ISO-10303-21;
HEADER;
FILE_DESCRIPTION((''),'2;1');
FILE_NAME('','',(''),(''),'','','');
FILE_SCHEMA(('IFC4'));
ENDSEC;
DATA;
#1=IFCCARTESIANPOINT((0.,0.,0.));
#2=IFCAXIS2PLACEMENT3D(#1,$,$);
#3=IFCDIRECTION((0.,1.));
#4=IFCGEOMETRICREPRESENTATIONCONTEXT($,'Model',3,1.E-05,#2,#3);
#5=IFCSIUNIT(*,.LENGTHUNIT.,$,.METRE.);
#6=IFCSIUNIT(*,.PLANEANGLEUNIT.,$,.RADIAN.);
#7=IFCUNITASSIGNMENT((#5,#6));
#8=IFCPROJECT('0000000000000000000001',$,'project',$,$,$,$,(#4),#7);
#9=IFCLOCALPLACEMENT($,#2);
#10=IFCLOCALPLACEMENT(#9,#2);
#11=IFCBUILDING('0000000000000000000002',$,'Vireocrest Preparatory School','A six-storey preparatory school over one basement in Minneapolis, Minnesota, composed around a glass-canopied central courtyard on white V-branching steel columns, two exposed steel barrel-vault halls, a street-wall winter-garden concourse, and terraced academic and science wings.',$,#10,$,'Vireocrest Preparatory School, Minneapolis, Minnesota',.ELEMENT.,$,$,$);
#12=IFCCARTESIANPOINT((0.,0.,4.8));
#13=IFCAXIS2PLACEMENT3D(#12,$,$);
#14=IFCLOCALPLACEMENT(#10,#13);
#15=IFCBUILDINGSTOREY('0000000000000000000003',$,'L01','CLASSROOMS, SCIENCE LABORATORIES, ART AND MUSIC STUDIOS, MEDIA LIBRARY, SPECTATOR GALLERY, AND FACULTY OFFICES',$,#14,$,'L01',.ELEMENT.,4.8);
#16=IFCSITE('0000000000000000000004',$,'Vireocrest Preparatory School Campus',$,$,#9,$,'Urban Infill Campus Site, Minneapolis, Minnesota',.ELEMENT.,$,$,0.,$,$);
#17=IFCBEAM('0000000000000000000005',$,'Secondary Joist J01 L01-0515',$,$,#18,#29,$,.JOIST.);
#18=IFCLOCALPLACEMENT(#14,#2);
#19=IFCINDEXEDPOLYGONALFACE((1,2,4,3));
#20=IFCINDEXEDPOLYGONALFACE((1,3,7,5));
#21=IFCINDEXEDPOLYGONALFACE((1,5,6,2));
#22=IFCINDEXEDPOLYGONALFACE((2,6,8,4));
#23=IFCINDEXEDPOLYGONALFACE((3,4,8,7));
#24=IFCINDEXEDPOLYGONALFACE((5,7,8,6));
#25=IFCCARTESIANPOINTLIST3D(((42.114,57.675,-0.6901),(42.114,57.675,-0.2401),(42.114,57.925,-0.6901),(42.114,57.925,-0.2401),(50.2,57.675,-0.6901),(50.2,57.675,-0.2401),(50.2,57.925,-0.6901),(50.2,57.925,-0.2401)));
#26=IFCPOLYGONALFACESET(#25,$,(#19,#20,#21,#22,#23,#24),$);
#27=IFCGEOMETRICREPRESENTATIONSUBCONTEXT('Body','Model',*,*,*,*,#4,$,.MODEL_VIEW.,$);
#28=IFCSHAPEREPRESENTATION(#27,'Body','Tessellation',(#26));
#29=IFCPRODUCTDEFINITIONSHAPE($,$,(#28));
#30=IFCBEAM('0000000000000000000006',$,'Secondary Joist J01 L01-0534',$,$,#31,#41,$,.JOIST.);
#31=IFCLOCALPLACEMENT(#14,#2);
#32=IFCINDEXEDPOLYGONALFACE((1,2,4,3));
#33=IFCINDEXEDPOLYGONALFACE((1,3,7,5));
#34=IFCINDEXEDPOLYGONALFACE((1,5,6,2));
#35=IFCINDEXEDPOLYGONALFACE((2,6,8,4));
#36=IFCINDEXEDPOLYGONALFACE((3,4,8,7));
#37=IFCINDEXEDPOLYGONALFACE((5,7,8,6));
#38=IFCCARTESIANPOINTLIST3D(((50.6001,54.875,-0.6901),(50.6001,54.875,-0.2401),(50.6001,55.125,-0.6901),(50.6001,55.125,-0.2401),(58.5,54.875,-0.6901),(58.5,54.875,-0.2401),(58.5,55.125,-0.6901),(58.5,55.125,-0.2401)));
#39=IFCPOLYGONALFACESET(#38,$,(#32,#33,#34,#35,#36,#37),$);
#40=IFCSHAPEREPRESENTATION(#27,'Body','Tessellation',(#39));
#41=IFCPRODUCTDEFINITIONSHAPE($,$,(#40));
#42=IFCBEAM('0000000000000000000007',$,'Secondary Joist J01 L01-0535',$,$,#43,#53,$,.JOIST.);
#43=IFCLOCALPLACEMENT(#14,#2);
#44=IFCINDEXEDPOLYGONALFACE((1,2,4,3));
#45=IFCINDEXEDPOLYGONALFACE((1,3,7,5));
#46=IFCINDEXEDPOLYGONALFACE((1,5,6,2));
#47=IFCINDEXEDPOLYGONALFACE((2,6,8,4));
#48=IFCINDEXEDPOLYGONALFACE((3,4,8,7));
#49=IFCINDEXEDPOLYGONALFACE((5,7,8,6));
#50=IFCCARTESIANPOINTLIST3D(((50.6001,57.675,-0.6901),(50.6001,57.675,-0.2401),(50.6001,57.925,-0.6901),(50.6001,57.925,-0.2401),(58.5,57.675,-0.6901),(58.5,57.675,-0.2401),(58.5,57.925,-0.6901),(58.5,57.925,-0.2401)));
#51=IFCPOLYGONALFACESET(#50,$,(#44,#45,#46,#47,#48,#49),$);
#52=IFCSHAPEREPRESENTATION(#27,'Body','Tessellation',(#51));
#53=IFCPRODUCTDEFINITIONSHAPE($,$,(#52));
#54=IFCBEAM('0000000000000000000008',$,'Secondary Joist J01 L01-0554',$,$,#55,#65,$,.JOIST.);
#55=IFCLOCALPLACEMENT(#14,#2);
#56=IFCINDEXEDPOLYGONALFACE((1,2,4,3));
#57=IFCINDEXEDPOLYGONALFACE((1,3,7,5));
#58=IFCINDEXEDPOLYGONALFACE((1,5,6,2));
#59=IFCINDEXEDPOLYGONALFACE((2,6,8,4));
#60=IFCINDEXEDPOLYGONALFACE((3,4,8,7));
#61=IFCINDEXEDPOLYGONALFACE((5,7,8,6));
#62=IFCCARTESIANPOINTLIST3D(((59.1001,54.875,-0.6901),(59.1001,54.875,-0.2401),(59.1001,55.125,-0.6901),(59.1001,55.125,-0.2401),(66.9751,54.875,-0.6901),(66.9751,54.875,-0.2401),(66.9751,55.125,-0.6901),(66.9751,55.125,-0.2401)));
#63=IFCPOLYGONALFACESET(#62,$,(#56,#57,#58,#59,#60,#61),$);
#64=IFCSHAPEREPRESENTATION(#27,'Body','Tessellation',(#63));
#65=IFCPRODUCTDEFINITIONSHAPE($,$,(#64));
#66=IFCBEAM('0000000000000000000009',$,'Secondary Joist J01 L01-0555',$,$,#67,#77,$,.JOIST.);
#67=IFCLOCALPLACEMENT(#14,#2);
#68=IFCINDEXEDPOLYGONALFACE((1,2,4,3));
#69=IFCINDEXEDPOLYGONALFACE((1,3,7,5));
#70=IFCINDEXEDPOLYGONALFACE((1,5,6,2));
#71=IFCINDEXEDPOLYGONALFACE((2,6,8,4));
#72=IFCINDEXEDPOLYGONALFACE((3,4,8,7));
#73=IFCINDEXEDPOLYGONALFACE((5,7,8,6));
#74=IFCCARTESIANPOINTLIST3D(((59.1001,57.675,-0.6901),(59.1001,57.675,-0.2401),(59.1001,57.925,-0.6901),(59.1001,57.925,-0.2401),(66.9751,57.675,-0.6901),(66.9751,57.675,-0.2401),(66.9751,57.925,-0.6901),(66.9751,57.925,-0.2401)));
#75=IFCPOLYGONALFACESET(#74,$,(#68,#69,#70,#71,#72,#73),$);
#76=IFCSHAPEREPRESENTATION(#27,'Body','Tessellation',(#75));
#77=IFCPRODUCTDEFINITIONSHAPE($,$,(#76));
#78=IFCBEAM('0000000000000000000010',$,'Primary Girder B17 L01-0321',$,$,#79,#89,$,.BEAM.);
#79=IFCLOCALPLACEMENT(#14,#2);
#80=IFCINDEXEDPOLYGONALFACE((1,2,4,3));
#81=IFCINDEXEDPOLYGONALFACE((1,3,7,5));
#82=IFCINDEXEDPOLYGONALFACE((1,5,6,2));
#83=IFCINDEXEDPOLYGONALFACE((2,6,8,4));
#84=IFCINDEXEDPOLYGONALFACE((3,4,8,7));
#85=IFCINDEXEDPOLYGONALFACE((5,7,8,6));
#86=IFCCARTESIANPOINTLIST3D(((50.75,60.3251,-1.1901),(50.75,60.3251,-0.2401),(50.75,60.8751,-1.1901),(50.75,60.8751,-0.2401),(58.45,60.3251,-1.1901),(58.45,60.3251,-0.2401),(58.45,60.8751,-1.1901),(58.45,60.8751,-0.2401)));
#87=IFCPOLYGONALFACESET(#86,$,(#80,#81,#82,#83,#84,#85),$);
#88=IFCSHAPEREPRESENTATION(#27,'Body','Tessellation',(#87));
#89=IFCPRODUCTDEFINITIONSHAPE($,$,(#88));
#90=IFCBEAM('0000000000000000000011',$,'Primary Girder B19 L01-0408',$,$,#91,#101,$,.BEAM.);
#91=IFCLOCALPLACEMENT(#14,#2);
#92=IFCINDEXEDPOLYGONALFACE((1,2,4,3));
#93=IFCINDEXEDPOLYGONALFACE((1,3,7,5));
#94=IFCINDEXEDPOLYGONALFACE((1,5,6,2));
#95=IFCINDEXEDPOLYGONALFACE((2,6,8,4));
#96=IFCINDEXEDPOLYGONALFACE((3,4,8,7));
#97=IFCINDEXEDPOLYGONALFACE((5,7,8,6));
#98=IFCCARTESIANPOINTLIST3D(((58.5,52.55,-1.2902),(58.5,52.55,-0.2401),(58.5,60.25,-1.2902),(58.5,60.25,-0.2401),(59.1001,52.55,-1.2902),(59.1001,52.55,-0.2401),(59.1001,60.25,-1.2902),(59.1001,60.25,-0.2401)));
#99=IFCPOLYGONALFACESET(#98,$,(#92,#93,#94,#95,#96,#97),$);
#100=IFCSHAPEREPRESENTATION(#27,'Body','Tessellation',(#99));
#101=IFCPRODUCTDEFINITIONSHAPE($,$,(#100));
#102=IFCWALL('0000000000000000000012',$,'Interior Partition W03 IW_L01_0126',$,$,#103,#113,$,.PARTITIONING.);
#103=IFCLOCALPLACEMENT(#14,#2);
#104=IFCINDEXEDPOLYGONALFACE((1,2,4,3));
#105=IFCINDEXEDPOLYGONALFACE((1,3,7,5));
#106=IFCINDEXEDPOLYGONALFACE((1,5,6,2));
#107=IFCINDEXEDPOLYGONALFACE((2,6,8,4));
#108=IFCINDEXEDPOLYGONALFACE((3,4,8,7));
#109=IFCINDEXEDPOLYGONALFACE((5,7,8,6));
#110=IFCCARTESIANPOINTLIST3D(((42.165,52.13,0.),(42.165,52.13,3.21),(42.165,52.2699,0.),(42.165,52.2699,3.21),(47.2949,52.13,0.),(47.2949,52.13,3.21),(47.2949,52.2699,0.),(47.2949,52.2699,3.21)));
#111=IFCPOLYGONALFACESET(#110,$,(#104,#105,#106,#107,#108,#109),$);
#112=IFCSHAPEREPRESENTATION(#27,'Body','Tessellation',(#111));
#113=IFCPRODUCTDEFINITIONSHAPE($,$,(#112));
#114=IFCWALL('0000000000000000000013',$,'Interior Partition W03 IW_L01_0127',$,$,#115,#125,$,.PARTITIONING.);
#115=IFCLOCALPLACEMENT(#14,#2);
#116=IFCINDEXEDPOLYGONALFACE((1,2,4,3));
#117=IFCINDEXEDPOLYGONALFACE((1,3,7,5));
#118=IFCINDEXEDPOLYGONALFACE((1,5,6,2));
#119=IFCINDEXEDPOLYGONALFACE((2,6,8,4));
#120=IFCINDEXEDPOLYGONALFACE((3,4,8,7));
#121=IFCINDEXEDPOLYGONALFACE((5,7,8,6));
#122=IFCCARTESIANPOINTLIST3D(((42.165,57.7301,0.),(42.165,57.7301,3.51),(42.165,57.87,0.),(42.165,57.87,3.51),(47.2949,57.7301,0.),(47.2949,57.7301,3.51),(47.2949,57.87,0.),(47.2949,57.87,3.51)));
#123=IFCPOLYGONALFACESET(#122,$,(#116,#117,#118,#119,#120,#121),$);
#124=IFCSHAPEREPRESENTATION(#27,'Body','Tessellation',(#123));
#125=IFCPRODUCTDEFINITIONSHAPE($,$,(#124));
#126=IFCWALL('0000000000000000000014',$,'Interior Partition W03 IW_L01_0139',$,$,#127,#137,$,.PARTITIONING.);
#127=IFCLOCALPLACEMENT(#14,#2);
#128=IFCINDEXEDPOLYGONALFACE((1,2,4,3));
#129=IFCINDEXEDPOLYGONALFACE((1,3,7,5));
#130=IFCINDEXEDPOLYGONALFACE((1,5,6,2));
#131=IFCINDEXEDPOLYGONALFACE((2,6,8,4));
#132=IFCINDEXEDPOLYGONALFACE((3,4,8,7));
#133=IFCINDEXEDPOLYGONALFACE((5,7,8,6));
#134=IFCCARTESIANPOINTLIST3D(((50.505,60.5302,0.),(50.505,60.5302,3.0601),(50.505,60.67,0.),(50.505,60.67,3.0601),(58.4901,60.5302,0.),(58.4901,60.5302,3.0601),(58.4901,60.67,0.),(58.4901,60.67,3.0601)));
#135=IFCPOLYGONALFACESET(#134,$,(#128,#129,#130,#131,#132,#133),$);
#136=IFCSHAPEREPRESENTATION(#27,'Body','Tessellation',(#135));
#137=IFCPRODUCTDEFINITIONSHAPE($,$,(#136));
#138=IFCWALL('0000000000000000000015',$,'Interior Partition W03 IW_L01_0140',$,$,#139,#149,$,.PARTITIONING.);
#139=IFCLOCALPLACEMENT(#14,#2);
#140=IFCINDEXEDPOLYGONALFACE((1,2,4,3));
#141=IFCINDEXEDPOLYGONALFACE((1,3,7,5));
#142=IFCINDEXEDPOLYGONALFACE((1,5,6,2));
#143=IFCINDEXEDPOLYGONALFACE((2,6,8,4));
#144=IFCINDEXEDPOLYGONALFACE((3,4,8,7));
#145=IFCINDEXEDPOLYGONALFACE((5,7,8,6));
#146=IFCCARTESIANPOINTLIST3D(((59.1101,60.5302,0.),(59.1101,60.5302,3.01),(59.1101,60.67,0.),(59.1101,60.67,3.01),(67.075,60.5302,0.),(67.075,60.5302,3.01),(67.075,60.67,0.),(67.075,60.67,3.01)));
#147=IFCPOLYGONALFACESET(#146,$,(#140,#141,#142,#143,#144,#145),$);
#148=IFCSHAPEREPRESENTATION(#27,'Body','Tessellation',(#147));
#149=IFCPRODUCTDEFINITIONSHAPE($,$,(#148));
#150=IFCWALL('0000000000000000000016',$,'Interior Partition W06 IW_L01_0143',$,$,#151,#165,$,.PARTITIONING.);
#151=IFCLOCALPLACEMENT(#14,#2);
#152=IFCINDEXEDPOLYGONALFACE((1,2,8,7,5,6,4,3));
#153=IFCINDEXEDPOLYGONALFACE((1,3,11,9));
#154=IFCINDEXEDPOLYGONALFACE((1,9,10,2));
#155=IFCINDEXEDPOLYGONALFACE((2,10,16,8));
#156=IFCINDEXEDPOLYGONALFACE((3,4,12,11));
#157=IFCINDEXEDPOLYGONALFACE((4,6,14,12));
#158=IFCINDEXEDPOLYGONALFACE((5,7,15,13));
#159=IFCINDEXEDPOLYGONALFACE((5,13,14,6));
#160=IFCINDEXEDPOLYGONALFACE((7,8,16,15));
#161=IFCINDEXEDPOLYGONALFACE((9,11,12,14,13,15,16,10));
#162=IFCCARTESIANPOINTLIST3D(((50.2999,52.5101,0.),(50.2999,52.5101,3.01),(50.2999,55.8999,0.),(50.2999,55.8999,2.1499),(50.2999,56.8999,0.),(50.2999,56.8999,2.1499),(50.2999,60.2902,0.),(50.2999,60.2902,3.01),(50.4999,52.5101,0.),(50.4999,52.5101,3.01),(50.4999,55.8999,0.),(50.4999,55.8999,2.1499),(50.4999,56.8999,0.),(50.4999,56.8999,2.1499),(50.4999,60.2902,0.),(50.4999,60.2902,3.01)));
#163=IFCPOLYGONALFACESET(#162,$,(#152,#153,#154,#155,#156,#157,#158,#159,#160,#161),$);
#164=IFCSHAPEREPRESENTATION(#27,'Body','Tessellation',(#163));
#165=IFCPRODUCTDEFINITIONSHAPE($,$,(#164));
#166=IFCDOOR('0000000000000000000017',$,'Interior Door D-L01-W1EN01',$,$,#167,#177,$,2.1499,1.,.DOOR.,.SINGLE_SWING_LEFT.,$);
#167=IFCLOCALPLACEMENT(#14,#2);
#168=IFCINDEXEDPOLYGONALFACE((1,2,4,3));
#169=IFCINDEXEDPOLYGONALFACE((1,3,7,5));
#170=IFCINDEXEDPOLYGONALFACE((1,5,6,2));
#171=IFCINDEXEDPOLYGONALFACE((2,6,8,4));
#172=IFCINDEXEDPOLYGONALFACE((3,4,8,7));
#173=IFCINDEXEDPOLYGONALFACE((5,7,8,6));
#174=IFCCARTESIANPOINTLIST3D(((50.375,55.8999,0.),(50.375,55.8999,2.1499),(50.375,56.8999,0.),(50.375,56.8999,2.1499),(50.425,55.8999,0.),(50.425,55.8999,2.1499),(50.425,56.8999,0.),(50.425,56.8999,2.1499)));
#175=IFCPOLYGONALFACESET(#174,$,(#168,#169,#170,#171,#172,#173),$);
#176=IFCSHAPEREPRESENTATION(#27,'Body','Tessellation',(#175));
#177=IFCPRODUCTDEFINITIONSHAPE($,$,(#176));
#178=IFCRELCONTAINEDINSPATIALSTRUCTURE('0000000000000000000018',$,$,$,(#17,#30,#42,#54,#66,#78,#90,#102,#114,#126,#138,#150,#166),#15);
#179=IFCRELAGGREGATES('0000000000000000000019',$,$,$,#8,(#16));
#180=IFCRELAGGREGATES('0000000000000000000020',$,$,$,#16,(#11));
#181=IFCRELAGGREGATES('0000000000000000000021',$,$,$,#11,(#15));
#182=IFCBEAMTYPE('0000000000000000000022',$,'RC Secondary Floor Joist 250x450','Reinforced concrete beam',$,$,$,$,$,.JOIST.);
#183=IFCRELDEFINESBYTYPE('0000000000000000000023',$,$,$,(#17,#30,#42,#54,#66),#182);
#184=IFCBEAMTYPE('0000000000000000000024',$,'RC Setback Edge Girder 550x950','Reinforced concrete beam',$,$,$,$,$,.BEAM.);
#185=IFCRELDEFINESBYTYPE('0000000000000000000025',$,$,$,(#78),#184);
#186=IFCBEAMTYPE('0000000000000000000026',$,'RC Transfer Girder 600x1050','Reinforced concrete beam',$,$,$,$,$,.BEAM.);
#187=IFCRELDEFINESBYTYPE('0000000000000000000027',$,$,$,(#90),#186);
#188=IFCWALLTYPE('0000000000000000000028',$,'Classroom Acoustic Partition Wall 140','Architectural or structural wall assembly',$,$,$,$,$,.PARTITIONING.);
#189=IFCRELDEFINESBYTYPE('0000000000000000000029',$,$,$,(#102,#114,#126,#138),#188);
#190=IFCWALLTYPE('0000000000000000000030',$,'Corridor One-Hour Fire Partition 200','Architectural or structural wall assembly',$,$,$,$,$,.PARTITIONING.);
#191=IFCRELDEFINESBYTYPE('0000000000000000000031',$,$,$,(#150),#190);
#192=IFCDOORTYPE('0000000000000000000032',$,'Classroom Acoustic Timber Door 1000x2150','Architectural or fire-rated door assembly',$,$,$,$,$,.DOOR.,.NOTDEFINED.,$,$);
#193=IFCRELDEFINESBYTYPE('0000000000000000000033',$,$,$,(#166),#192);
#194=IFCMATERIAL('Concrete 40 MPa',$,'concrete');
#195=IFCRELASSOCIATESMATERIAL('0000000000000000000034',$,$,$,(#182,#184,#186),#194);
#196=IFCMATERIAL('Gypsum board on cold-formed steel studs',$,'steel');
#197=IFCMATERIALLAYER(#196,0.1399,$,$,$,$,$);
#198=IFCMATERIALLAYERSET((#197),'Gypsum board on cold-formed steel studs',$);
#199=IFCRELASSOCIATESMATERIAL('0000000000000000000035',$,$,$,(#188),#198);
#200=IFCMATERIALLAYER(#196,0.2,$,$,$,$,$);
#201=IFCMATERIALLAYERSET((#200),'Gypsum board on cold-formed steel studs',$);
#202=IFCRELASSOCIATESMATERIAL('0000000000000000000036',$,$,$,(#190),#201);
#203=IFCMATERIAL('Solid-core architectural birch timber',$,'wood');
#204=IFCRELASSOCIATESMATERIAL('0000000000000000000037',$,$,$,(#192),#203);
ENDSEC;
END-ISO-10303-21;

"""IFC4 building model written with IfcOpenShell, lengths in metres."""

from ifc_helpers import new_model, si_unit, direction, frame, frame_2d, origin, origin_2d, place, context, subcontext, project, spatial, rectangle, extrude, material, layer, layer_set, material_profile, profile_set, type_object, element, fill, save


model = new_model("IFC4")

# Units and contexts
model_context = context("Model", 3, precision=1e-05, world=origin(), true_north=direction((0.0, 1.0)))
body_context = subcontext(model_context, "Body", "Model", "MODEL_VIEW")
ifc_project = project(units=[si_unit("LENGTHUNIT", "METRE"), si_unit("PLANEANGLEUNIT", "RADIAN")], contexts=[model_context])

# Site, building, storey
site_placement = place(None, origin())
site = spatial("IfcSite", under=ifc_project, at=site_placement, Name="Vireocrest Preparatory School Campus", LongName="Urban Infill Campus Site, Minneapolis, Minnesota", CompositionType="ELEMENT", RefElevation=0.0)
building_placement = place(site_placement, origin())
building = spatial("IfcBuilding", under=site, at=building_placement, Name="Vireocrest Preparatory School", Description="A six-storey preparatory school over one basement in Minneapolis, Minnesota, composed around a glass-canopied central courtyard on white V-branching steel columns, two exposed steel barrel-vault halls, a street-wall winter-garden concourse, and terraced academic and science wings.", LongName="Vireocrest Preparatory School, Minneapolis, Minnesota", CompositionType="ELEMENT")
storey_placement = place(building_placement, frame((0.0, 0.0, 4.8)))
storey = spatial("IfcBuildingStorey", under=building, at=storey_placement, Name="L01", Description="CLASSROOMS, SCIENCE LABORATORIES, ART AND MUSIC STUDIOS, MEDIA LIBRARY, SPECTATOR GALLERY, AND FACULTY OFFICES", LongName="L01", CompositionType="ELEMENT", Elevation=4.8)

# Beams
ifc_material_1 = material(Name="Concrete 40 MPa", Category="concrete")
ifc_material_profile_1 = material_profile(ifc_material_1, rectangle(XDim=0.25, YDim=0.45, at=origin_2d()), Name="RC 250x450")
ifc_profile_set_1 = profile_set([ifc_material_profile_1], Name="Concrete 40 MPa")
beam_type_1 = type_object("IfcBeamType", Name="RC Secondary Floor Joist 250x450", Description="Reinforced concrete beam", PredefinedType="JOIST", material=ifc_profile_set_1)
for number, where, z_axis, x_axis, name in (
    (1, (42.114, 57.8, -0.4651), (1.0, 0.0, 0.0), (0.0, 1.0, 0.0), "Secondary Joist J01 L01-0515"),
):
    element("IfcBeam", number, at=place(storey_placement, frame(where, z_axis=z_axis, x_axis=x_axis)), inside=storey, type_object=beam_type_1, Name=name, PredefinedType="JOIST", context=body_context, shape_type="SweptSolid", body=[
        extrude(rectangle(XDim=0.25, YDim=0.45, at=origin_2d()), origin(), (0.0, 0.0, 1.0), 8.0859),
    ])
for number, where, z_axis, x_axis, name in (
    (2, (50.6001, 55.0, -0.4651), (1.0, 0.0, 0.0), (0.0, 1.0, 0.0), "Secondary Joist J01 L01-0534"),
    (3, (50.6001, 57.8, -0.4651), (1.0, 0.0, 0.0), (0.0, 1.0, 0.0), "Secondary Joist J01 L01-0535"),
):
    element("IfcBeam", number, at=place(storey_placement, frame(where, z_axis=z_axis, x_axis=x_axis)), inside=storey, type_object=beam_type_1, Name=name, PredefinedType="JOIST", context=body_context, shape_type="SweptSolid", body=[
        extrude(rectangle(XDim=0.25, YDim=0.45, at=origin_2d()), origin(), (0.0, 0.0, 1.0), 7.8999),
    ])
for number, where, z_axis, x_axis, name in (
    (4, (59.1001, 55.0, -0.4651), (1.0, 0.0, 0.0), (0.0, 1.0, 0.0), "Secondary Joist J01 L01-0554"),
    (5, (59.1001, 57.8, -0.4651), (1.0, 0.0, 0.0), (0.0, 1.0, 0.0), "Secondary Joist J01 L01-0555"),
):
    element("IfcBeam", number, at=place(storey_placement, frame(where, z_axis=z_axis, x_axis=x_axis)), inside=storey, type_object=beam_type_1, Name=name, PredefinedType="JOIST", context=body_context, shape_type="SweptSolid", body=[
        extrude(rectangle(XDim=0.25, YDim=0.45, at=origin_2d()), origin(), (0.0, 0.0, 1.0), 7.875),
    ])
ifc_material_profile_2 = material_profile(ifc_material_1, rectangle(XDim=0.55, YDim=0.95, at=origin_2d()), Name="RC 550x950")
ifc_profile_set_2 = profile_set([ifc_material_profile_2], Name="Concrete 40 MPa")
beam_type_2 = type_object("IfcBeamType", Name="RC Setback Edge Girder 550x950", Description="Reinforced concrete beam", PredefinedType="BEAM", material=ifc_profile_set_2)
beam_1_placement = place(storey_placement, frame((50.75, 60.6001, -0.7151), z_axis=(1.0, 0.0, 0.0), x_axis=(0.0, 1.0, 0.0)))
element("IfcBeam", 6, at=beam_1_placement, inside=storey, type_object=beam_type_2, Name="Primary Girder B17 L01-0321", PredefinedType="BEAM", context=body_context, shape_type="SweptSolid", body=[
    extrude(rectangle(XDim=0.55, YDim=0.95, at=origin_2d()), origin(), (0.0, 0.0, 1.0), 7.7),
])
ifc_material_profile_3 = material_profile(ifc_material_1, rectangle(XDim=0.6001, YDim=1.05, at=origin_2d()), Name="RC 600x1050")
ifc_profile_set_3 = profile_set([ifc_material_profile_3], Name="Concrete 40 MPa")
beam_type_3 = type_object("IfcBeamType", Name="RC Transfer Girder 600x1050", Description="Reinforced concrete beam", PredefinedType="BEAM", material=ifc_profile_set_3)
beam_2_placement = place(storey_placement, frame((58.8, 52.55, -0.7651), z_axis=(0.0, 1.0, 0.0), x_axis=(-1.0, 0.0, 0.0)))
element("IfcBeam", 7, at=beam_2_placement, inside=storey, type_object=beam_type_3, Name="Primary Girder B19 L01-0408", PredefinedType="BEAM", context=body_context, shape_type="SweptSolid", body=[
    extrude(rectangle(XDim=0.6001, YDim=1.05, at=origin_2d()), origin(), (0.0, 0.0, 1.0), 7.7),
])

# Walls
ifc_material_2 = material(Name="Gypsum board on cold-formed steel studs", Category="steel")
ifc_layer_1 = layer(ifc_material_2, 0.1399)
ifc_layer_set_1 = layer_set([ifc_layer_1], Name="Gypsum board on cold-formed steel studs")
wall_type_1 = type_object("IfcWallType", Name="Classroom Acoustic Partition Wall 140", Description="Architectural or structural wall assembly", PredefinedType="PARTITIONING", material=ifc_layer_set_1)
wall_1_placement = place(storey_placement, frame((42.165, 52.2, 0.0), z_axis=(0.0, 0.0, 1.0), x_axis=(1.0, 0.0, 0.0)))
element("IfcWall", 8, at=wall_1_placement, inside=storey, type_object=wall_type_1, Name="Interior Partition W03 IW_L01_0126", PredefinedType="PARTITIONING", context=body_context, shape_type="SweptSolid", body=[
    extrude(rectangle(XDim=5.1299, YDim=0.1399, at=frame_2d((2.5649, 0.0))), origin(), (0.0, 0.0, 1.0), 3.21),
])
wall_2_placement = place(storey_placement, frame((42.165, 57.8, 0.0), z_axis=(0.0, 0.0, 1.0), x_axis=(1.0, 0.0, 0.0)))
element("IfcWall", 9, at=wall_2_placement, inside=storey, type_object=wall_type_1, Name="Interior Partition W03 IW_L01_0127", PredefinedType="PARTITIONING", context=body_context, shape_type="SweptSolid", body=[
    extrude(rectangle(XDim=5.1299, YDim=0.1399, at=frame_2d((2.5649, 0.0))), origin(), (0.0, 0.0, 1.0), 3.51),
])
wall_3_placement = place(storey_placement, frame((50.5049, 60.6001, 0.0), z_axis=(0.0, 0.0, 1.0), x_axis=(1.0, 0.0, 0.0)))
element("IfcWall", 10, at=wall_3_placement, inside=storey, type_object=wall_type_1, Name="Interior Partition W03 IW_L01_0139", PredefinedType="PARTITIONING", context=body_context, shape_type="SweptSolid", body=[
    extrude(rectangle(XDim=7.9851, YDim=0.1399, at=frame_2d((3.9927, 0.0))), origin(), (0.0, 0.0, 1.0), 3.0601),
])
wall_4_placement = place(storey_placement, frame((59.1101, 60.6001, 0.0), z_axis=(0.0, 0.0, 1.0), x_axis=(1.0, 0.0, 0.0)))
element("IfcWall", 11, at=wall_4_placement, inside=storey, type_object=wall_type_1, Name="Interior Partition W03 IW_L01_0140", PredefinedType="PARTITIONING", context=body_context, shape_type="SweptSolid", body=[
    extrude(rectangle(XDim=7.9648, YDim=0.1399, at=frame_2d((3.9824, 0.0))), origin(), (0.0, 0.0, 1.0), 3.01),
])

# Wall, opening, door
ifc_layer_2 = layer(ifc_material_2, 0.2)
ifc_layer_set_2 = layer_set([ifc_layer_2], Name="Gypsum board on cold-formed steel studs")
wall_type_2 = type_object("IfcWallType", Name="Corridor One-Hour Fire Partition 200", Description="Architectural or structural wall assembly", PredefinedType="PARTITIONING", material=ifc_layer_set_2)
wall_5_placement = place(storey_placement, frame((50.3999, 52.51, 0.0), z_axis=(0.0, 0.0, 1.0), x_axis=(0.0, 1.0, 0.0)))
wall_5 = element("IfcWall", 12, at=wall_5_placement, inside=storey, type_object=wall_type_2, Name="Interior Partition W06 IW_L01_0143", PredefinedType="PARTITIONING", context=body_context, shape_type="SweptSolid", body=[
    extrude(rectangle(XDim=7.78, YDim=0.2, at=frame_2d((3.8901, 0.0))), origin(), (0.0, 0.0, 1.0), 3.01),
])
opening_placement = place(wall_5_placement, frame((3.3899, 0.0, 0.0)))
opening = element("IfcOpeningElement", 13, at=opening_placement, cuts=wall_5, PredefinedType="OPENING", context=body_context, shape_type="SweptSolid", body=[
    extrude(rectangle(XDim=1.0, YDim=2.1499, at=frame_2d((0.5, 1.075))), frame((0.0, 0.1099, 0.0), z_axis=(0.0, -1.0, 0.0), x_axis=(1.0, 0.0, 0.0)), (0.0, 0.0, 1.0), 0.22),
])
ifc_material_3 = material(Name="Solid-core architectural birch timber", Category="wood")
door_type = type_object("IfcDoorType", Name="Classroom Acoustic Timber Door 1000x2150", Description="Architectural or fire-rated door assembly", OperationType="NOTDEFINED", PredefinedType="DOOR", material=ifc_material_3)
door_placement = place(opening_placement, origin())
door = element("IfcDoor", 14, at=door_placement, inside=storey, type_object=door_type, Name="Interior Door D-L01-W1EN01", OperationType="SINGLE_SWING_LEFT", OverallHeight=2.1499, OverallWidth=1.0, PredefinedType="DOOR", context=body_context, shape_type="SweptSolid", body=[
    extrude(rectangle(XDim=1.0, YDim=2.1499, at=frame_2d((0.5, 1.075))), frame((0.0, 0.0249, 0.0), z_axis=(0.0, -1.0, 0.0), x_axis=(1.0, 0.0, 0.0)), (0.0, 0.0, 1.0), 0.05),
])
fill(opening, door)

save(model, "model.ifc")
